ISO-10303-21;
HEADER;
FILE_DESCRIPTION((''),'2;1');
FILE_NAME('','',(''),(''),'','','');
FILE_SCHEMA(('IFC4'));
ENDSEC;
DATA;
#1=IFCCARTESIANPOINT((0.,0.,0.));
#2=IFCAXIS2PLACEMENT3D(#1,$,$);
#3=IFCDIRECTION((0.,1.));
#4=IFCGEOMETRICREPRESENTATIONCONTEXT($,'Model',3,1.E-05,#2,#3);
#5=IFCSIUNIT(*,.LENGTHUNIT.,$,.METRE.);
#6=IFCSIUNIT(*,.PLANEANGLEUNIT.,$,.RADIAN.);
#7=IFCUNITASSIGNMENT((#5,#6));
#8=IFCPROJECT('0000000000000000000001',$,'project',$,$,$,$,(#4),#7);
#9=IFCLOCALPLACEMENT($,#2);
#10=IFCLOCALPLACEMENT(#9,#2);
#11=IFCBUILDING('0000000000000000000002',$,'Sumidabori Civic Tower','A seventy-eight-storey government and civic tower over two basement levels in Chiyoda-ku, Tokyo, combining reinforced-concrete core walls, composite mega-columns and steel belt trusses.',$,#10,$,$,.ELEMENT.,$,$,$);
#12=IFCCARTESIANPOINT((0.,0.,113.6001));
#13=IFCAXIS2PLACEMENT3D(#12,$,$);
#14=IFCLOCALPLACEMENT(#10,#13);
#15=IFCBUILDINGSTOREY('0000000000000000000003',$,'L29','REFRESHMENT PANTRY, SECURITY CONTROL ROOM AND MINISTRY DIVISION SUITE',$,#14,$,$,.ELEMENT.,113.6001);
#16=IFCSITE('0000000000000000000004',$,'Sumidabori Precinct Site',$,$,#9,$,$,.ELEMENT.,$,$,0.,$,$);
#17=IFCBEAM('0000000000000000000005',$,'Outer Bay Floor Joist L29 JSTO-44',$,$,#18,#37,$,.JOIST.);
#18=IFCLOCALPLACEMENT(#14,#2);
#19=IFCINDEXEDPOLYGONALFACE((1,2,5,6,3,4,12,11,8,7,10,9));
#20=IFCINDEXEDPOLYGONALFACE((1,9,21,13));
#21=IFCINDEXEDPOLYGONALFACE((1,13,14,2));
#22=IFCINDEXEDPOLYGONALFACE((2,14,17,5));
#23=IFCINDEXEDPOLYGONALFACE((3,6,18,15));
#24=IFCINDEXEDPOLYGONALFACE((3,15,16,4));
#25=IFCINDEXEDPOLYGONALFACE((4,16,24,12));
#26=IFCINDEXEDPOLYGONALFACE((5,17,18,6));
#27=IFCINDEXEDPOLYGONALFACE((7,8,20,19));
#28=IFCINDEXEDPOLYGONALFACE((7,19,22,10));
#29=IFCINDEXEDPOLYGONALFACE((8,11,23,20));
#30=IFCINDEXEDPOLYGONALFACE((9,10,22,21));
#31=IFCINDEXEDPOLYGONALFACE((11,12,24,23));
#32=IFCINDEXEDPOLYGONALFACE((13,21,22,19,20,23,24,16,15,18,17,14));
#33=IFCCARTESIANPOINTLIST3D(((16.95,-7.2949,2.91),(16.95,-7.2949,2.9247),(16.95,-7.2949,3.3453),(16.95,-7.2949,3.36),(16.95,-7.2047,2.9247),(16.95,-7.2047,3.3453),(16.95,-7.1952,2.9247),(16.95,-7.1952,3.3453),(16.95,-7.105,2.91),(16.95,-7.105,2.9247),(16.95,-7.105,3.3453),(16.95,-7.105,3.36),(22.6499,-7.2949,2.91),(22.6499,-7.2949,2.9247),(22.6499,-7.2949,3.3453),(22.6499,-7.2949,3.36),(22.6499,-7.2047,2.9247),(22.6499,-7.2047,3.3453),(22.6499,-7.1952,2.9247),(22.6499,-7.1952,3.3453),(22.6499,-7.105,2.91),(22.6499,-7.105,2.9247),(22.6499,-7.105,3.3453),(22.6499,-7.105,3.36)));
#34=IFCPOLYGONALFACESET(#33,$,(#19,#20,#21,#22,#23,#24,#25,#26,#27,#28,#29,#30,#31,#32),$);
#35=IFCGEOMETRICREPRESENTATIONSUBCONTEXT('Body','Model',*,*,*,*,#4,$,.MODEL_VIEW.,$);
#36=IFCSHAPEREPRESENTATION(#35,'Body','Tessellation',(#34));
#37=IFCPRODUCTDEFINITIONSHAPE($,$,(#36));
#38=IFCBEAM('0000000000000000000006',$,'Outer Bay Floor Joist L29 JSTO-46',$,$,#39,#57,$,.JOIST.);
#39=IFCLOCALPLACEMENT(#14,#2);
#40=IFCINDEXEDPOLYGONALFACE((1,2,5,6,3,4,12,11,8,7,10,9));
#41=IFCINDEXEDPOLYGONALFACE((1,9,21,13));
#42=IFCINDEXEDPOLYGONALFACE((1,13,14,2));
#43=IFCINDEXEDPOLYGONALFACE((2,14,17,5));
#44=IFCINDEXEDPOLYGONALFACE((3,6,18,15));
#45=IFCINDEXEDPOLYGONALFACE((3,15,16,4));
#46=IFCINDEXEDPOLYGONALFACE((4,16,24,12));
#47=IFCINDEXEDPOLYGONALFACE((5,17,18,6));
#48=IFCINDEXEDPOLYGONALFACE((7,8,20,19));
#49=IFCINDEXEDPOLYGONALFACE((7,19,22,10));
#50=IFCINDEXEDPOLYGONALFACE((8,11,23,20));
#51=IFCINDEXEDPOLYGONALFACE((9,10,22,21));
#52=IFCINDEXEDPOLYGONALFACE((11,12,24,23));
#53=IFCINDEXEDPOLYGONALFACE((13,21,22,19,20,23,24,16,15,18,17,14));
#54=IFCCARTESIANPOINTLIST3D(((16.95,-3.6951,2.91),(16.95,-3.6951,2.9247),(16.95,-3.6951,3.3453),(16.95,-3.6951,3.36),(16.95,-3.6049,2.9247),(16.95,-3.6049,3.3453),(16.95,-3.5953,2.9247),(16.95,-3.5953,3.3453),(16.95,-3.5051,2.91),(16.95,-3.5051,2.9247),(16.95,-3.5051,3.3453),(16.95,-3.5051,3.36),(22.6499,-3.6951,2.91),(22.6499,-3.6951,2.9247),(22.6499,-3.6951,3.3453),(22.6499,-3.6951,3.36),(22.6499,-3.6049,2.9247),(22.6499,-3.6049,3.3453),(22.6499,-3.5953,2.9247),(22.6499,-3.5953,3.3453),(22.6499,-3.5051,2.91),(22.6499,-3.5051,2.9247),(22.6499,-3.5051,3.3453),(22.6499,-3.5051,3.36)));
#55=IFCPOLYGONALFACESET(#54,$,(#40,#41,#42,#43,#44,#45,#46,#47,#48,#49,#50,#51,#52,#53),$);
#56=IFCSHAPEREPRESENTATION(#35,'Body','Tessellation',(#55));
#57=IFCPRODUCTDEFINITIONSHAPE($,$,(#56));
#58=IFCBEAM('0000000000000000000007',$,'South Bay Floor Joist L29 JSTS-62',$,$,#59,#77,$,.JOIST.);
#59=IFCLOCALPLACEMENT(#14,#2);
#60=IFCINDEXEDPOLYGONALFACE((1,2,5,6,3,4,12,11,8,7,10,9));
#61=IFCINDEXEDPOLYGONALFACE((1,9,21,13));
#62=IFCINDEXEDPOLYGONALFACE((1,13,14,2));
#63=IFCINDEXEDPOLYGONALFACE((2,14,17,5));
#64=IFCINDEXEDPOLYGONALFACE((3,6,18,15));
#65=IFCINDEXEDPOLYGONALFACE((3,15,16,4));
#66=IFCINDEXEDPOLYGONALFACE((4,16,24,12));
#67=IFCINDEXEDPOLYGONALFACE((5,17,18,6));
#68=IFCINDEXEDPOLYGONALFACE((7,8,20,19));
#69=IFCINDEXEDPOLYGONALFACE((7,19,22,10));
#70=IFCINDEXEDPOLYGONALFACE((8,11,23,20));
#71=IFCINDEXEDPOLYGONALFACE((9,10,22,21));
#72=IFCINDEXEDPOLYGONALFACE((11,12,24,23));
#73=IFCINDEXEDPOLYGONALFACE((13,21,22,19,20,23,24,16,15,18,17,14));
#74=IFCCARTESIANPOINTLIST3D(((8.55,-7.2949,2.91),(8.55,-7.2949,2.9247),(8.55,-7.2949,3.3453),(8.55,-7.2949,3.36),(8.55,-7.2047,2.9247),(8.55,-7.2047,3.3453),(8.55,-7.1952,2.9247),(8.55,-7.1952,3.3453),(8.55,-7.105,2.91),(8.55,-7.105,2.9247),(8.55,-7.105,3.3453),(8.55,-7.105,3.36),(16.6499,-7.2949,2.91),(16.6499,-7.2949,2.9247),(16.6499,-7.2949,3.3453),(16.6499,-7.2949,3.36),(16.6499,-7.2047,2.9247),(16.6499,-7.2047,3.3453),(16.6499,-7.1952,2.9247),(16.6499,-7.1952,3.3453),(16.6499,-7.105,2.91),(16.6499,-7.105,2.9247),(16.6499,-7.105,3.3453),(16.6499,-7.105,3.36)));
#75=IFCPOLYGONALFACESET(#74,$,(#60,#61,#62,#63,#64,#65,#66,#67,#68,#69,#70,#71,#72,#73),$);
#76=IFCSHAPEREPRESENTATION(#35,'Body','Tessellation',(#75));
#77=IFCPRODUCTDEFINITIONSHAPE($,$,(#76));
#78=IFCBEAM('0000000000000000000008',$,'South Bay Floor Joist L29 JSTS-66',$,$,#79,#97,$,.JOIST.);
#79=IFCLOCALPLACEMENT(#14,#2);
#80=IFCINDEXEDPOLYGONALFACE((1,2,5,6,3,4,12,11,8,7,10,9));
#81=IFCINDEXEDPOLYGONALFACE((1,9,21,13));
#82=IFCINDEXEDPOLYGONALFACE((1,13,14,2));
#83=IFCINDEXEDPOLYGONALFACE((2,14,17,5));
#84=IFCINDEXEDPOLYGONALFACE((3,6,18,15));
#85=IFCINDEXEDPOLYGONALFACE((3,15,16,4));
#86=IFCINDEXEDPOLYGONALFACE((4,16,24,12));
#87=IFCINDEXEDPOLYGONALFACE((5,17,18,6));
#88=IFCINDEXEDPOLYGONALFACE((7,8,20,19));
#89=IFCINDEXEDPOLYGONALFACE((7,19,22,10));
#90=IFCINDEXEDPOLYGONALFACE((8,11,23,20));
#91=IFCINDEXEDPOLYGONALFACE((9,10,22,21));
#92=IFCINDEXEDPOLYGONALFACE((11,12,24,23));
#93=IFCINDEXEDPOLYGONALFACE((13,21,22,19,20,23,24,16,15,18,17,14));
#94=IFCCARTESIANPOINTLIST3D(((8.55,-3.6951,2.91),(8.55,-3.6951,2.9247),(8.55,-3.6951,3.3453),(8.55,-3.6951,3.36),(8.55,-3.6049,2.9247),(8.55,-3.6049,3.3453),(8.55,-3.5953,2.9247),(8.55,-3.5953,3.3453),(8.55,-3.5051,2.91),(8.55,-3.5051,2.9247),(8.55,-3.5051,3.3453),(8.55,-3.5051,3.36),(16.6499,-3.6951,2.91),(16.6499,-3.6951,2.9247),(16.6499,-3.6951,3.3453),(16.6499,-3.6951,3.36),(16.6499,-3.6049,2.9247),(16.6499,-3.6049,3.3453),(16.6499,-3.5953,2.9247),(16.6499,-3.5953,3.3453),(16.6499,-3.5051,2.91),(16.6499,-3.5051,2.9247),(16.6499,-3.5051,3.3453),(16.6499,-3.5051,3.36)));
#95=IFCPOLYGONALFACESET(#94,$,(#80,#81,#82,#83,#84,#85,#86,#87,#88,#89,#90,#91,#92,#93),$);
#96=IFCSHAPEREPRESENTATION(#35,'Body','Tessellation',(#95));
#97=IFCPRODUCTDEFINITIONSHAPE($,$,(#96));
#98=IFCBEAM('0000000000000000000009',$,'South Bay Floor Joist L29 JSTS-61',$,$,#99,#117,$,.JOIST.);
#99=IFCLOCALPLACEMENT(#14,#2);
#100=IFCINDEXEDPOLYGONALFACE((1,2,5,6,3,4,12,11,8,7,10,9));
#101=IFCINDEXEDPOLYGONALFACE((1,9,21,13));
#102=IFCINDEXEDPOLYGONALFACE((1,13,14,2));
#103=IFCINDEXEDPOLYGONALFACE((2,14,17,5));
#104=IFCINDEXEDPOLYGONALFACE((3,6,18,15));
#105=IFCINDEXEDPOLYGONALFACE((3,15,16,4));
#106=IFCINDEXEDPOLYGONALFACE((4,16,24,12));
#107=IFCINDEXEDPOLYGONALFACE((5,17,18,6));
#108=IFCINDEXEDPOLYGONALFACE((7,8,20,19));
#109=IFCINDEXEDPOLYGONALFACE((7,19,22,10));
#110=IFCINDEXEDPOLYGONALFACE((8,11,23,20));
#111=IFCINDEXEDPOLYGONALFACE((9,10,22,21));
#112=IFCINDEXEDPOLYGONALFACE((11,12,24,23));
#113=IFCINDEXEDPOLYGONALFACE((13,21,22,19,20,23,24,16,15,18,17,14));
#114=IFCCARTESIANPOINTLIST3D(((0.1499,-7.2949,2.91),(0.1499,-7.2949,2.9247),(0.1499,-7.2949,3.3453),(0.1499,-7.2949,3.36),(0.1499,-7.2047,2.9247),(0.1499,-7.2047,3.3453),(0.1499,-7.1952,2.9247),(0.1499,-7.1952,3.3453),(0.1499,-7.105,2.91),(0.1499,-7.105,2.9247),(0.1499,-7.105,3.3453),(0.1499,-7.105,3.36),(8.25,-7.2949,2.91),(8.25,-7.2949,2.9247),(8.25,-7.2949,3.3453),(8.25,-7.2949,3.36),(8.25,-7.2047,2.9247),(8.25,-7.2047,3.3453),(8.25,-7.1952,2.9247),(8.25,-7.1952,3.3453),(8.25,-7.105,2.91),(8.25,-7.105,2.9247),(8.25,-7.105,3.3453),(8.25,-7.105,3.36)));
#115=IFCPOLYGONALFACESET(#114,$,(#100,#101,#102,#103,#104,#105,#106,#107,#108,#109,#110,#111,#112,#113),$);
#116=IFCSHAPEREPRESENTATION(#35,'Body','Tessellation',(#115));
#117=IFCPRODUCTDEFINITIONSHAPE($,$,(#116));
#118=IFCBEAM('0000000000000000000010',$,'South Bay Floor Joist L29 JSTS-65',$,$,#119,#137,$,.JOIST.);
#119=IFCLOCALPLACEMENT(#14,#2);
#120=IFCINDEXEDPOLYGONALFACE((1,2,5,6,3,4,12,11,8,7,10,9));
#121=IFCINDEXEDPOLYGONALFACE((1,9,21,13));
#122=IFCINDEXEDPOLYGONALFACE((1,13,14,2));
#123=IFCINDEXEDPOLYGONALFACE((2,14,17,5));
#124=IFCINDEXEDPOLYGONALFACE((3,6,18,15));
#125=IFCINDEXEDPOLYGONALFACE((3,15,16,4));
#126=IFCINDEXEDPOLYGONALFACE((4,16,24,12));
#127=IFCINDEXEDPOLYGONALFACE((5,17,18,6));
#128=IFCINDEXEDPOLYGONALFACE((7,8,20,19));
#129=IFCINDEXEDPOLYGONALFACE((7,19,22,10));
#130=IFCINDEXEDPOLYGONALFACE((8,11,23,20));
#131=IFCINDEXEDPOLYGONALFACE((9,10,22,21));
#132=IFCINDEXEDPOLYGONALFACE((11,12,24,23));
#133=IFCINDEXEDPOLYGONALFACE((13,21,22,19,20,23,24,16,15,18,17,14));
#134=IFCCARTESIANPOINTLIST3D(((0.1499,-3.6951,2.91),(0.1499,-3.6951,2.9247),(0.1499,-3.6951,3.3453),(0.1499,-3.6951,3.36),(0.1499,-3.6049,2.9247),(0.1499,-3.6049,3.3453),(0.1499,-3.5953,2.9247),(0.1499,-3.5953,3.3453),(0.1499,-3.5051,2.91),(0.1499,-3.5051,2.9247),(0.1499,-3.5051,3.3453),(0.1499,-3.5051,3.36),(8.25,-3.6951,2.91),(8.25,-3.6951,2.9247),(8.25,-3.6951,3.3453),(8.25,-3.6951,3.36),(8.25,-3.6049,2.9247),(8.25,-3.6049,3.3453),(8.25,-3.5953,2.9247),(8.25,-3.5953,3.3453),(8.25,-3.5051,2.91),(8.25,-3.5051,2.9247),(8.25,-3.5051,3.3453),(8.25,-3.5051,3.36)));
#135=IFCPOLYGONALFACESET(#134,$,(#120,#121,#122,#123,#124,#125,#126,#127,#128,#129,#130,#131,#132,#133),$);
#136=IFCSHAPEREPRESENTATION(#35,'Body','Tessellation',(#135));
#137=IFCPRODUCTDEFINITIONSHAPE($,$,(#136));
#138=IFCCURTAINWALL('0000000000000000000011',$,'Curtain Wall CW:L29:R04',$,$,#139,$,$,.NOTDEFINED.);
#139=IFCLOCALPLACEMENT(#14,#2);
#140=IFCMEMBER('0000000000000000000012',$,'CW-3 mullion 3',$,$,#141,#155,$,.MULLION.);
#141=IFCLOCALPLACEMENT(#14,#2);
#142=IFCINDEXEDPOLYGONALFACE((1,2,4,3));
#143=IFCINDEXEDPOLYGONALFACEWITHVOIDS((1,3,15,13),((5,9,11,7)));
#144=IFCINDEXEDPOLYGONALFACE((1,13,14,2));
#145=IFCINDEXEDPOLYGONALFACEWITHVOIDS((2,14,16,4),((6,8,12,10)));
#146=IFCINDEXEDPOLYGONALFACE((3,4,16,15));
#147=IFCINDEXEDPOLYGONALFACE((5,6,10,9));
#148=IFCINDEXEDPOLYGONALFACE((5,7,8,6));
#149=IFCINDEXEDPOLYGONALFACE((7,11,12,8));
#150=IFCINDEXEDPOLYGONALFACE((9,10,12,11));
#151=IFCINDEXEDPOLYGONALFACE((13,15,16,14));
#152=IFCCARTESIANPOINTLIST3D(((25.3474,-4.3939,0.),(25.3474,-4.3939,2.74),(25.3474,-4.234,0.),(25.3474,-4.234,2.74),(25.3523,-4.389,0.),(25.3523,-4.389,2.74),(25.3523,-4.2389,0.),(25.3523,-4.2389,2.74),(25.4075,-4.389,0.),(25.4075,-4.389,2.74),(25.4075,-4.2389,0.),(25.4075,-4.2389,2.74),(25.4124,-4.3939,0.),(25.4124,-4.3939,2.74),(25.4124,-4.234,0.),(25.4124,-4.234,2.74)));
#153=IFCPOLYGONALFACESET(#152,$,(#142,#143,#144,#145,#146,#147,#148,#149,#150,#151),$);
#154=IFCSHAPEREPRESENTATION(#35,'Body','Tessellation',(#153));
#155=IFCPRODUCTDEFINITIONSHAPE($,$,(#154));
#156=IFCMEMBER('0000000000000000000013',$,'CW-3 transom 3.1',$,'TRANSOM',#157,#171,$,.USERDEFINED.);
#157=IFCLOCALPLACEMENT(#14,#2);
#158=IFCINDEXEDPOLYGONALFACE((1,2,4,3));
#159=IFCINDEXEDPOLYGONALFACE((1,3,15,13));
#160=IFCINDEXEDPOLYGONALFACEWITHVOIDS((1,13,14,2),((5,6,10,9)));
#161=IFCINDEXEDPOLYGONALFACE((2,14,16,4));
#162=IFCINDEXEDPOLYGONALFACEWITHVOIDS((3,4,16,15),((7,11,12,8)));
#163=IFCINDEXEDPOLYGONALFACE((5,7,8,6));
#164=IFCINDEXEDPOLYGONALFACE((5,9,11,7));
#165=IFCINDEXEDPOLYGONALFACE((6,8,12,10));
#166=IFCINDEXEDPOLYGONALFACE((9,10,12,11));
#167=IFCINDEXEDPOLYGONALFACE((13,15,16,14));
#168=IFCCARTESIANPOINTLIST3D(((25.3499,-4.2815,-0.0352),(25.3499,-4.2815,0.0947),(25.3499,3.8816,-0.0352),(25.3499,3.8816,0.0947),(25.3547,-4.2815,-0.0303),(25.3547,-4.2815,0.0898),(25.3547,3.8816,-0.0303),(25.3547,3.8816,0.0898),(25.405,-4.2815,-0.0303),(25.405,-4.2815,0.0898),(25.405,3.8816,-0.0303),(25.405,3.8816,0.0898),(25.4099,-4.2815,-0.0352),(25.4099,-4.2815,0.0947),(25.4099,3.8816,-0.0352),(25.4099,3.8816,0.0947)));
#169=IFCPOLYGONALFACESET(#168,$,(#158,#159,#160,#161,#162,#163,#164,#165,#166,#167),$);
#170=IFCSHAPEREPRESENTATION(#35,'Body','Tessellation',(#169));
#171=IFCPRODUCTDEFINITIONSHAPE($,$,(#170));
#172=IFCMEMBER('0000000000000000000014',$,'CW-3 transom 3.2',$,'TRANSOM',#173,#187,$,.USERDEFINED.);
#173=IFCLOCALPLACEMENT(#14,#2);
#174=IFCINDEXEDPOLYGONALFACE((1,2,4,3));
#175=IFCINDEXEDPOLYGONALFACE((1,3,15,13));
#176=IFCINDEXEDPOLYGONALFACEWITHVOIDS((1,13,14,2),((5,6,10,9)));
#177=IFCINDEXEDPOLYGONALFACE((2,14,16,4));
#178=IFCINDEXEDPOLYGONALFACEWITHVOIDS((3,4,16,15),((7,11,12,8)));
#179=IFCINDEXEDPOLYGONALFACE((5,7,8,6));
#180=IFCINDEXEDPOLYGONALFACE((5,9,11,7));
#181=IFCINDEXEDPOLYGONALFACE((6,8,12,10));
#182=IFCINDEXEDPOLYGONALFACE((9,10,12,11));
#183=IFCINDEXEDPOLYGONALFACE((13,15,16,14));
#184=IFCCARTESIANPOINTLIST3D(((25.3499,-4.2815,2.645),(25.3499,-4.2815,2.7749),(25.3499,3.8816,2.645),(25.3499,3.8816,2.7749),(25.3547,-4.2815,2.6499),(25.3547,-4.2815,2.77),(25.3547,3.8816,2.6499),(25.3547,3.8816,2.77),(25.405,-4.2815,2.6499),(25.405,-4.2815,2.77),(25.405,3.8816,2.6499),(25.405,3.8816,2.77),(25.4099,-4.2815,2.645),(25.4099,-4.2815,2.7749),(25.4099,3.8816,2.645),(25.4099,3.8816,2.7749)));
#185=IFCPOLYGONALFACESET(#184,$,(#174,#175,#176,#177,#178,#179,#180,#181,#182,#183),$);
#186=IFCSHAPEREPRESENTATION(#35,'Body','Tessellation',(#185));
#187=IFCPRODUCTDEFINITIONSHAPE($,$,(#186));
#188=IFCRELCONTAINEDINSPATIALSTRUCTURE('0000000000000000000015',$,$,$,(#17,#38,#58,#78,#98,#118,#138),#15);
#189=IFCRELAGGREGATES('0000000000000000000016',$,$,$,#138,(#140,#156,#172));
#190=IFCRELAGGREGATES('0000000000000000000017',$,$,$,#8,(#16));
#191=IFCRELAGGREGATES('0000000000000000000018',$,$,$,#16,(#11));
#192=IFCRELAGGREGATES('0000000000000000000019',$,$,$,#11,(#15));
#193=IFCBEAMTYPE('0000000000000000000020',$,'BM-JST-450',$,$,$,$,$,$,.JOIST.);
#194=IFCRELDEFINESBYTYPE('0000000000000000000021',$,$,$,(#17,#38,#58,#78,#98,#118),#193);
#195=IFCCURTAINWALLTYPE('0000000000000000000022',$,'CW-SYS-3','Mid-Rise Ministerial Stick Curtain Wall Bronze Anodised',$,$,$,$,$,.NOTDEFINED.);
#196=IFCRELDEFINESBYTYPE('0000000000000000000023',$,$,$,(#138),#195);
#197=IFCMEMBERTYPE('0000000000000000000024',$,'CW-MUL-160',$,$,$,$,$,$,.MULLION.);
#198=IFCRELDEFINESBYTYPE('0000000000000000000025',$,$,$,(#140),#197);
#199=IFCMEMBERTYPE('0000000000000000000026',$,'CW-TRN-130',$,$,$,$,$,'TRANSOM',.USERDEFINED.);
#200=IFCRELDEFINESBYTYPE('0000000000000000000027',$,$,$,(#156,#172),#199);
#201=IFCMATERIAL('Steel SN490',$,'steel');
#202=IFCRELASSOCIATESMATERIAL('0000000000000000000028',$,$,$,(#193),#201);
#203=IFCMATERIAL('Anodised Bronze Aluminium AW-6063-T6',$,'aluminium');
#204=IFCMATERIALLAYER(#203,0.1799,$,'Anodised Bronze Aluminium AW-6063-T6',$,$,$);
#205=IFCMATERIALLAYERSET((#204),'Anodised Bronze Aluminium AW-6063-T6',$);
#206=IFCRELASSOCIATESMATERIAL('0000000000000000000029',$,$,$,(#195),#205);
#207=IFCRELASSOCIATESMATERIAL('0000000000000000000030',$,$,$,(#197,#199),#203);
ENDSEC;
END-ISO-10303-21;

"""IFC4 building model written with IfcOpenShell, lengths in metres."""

from ifc_helpers import new_model, si_unit, direction, frame, origin, origin_2d, place, context, subcontext, project, spatial, hollow_rectangle, i_section, extrude, source, transform, mapped, material, layer, layer_set, material_profile, profile_set, type_object, element, aggregate, save


model = new_model("IFC4")

# Units and contexts
model_context = context("Model", 3, precision=1e-05, world=origin(), true_north=direction((0.0, 1.0)))
body_context = subcontext(model_context, "Body", "Model", "MODEL_VIEW")
ifc_project = project(units=[si_unit("LENGTHUNIT", "METRE"), si_unit("PLANEANGLEUNIT", "RADIAN")], contexts=[model_context])

# Site, building, storey
site_placement = place(None, origin())
site = spatial("IfcSite", under=ifc_project, at=site_placement, Name="Sumidabori Precinct Site", CompositionType="ELEMENT", RefElevation=0.0)
building_placement = place(site_placement, origin())
building = spatial("IfcBuilding", under=site, at=building_placement, Name="Sumidabori Civic Tower", Description="A seventy-eight-storey government and civic tower over two basement levels in Chiyoda-ku, Tokyo, combining reinforced-concrete core walls, composite mega-columns and steel belt trusses.", CompositionType="ELEMENT")
storey_placement = place(building_placement, frame((0.0, 0.0, 113.6001)))
storey = spatial("IfcBuildingStorey", under=building, at=storey_placement, Name="L29", Description="REFRESHMENT PANTRY, SECURITY CONTROL ROOM AND MINISTRY DIVISION SUITE", CompositionType="ELEMENT", Elevation=113.6001)

# Beams
ifc_material_1 = material(Name="Steel SN490", Category="steel")
ifc_material_profile_1 = material_profile(ifc_material_1, i_section(OverallWidth=0.1899, OverallDepth=0.45, WebThickness=0.0095, FlangeThickness=0.0146, at=origin_2d()), Name="IPE 450")
ifc_profile_set_1 = profile_set([ifc_material_profile_1], Name="Steel SN490")
beam_type_1 = type_object("IfcBeamType", Name="BM-JST-450", PredefinedType="JOIST", material=ifc_profile_set_1)
shared_shape_1 = source(origin(), body_context, "Body", "SweptSolid", [
    extrude(i_section(OverallWidth=0.1899, OverallDepth=0.45, WebThickness=0.0095, FlangeThickness=0.0146, at=origin_2d()), origin(), (0.0, 0.0, 1.0), 5.7),
])
for number, where, z_axis, x_axis, name in (
    (1, (16.95, -7.2, 3.135), (1.0, 0.0, 0.0), (0.0, 1.0, 0.0), "Outer Bay Floor Joist L29 JSTO-44"),
    (2, (16.95, -3.6001, 3.135), (1.0, 0.0, 0.0), (0.0, 1.0, 0.0), "Outer Bay Floor Joist L29 JSTO-46"),
):
    element("IfcBeam", number, at=place(storey_placement, frame(where, z_axis=z_axis, x_axis=x_axis)), inside=storey, type_object=beam_type_1, Name=name, PredefinedType="JOIST", context=body_context, shape_type="MappedRepresentation", body=[
        mapped(shared_shape_1, transform((0.0, 0.0, 0.0), x_axis=(1.0, 0.0, 0.0), y_axis=(0.0, 1.0, 0.0), z_axis=(0.0, 0.0, 1.0), scale=1.0)),
    ])
shared_shape_2 = source(origin(), body_context, "Body", "SweptSolid", [
    extrude(i_section(OverallWidth=0.1899, OverallDepth=0.45, WebThickness=0.0095, FlangeThickness=0.0146, at=origin_2d()), origin(), (0.0, 0.0, 1.0), 8.0999),
])
for number, where, z_axis, x_axis, name in (
    (3, (8.55, -7.2, 3.135), (1.0, 0.0, 0.0), (0.0, 1.0, 0.0), "South Bay Floor Joist L29 JSTS-62"),
    (4, (8.55, -3.6001, 3.135), (1.0, 0.0, 0.0), (0.0, 1.0, 0.0), "South Bay Floor Joist L29 JSTS-66"),
):
    element("IfcBeam", number, at=place(storey_placement, frame(where, z_axis=z_axis, x_axis=x_axis)), inside=storey, type_object=beam_type_1, Name=name, PredefinedType="JOIST", context=body_context, shape_type="MappedRepresentation", body=[
        mapped(shared_shape_2, transform((0.0, 0.0, 0.0), x_axis=(1.0, 0.0, 0.0), y_axis=(0.0, 1.0, 0.0), z_axis=(0.0, 0.0, 1.0), scale=1.0)),
    ])
shared_shape_3 = source(origin(), body_context, "Body", "SweptSolid", [
    extrude(i_section(OverallWidth=0.1899, OverallDepth=0.45, WebThickness=0.0095, FlangeThickness=0.0146, at=origin_2d()), origin(), (0.0, 0.0, 1.0), 8.1001),
])
for number, where, z_axis, x_axis, name in (
    (5, (0.1499, -7.2, 3.135), (1.0, 0.0, 0.0), (0.0, 1.0, 0.0), "South Bay Floor Joist L29 JSTS-61"),
    (6, (0.1499, -3.6001, 3.135), (1.0, 0.0, 0.0), (0.0, 1.0, 0.0), "South Bay Floor Joist L29 JSTS-65"),
):
    element("IfcBeam", number, at=place(storey_placement, frame(where, z_axis=z_axis, x_axis=x_axis)), inside=storey, type_object=beam_type_1, Name=name, PredefinedType="JOIST", context=body_context, shape_type="MappedRepresentation", body=[
        mapped(shared_shape_3, transform((0.0, 0.0, 0.0), x_axis=(1.0, 0.0, 0.0), y_axis=(0.0, 1.0, 0.0), z_axis=(0.0, 0.0, 1.0), scale=1.0)),
    ])

# Curtain wall, members
ifc_material_2 = material(Name="Anodised Bronze Aluminium AW-6063-T6", Category="aluminium")
ifc_layer_1 = layer(ifc_material_2, 0.1799, Name="Anodised Bronze Aluminium AW-6063-T6")
ifc_layer_set_1 = layer_set([ifc_layer_1], Name="Anodised Bronze Aluminium AW-6063-T6")
curtain_wall_type = type_object("IfcCurtainWallType", Name="CW-SYS-3", Description="Mid-Rise Ministerial Stick Curtain Wall Bronze Anodised", PredefinedType="NOTDEFINED", material=ifc_layer_set_1)
curtain_wall_placement = place(storey_placement, origin())
curtain_wall = element("IfcCurtainWall", 7, at=curtain_wall_placement, inside=storey, type_object=curtain_wall_type, Name="Curtain Wall CW:L29:R04", PredefinedType="NOTDEFINED")
ifc_material_profile_2 = material_profile(ifc_material_2, hollow_rectangle(XDim=0.0649, YDim=0.1599, WallThickness=0.0049, at=origin_2d()), Name="ALU MULLION 160x65")
ifc_profile_set_2 = profile_set([ifc_material_profile_2], Name="Anodised Bronze Aluminium AW-6063-T6")
member_type_1 = type_object("IfcMemberType", Name="CW-MUL-160", PredefinedType="MULLION", material=ifc_profile_set_2)
shared_shape_4 = source(origin(), body_context, "Body", "SweptSolid", [
    extrude(hollow_rectangle(XDim=0.0649, YDim=0.1599, WallThickness=0.0049, at=origin_2d()), origin(), (0.0, 0.0, 1.0), 2.74),
])
member_1_placement = place(storey_placement, frame((25.3799, -4.314, 0.0), z_axis=(0.0, 0.0, 1.0), x_axis=(-1.0, 0.0, 0.0)))
member_1 = element("IfcMember", 8, at=member_1_placement, type_object=member_type_1, Name="CW-3 mullion 3", PredefinedType="MULLION", context=body_context, shape_type="MappedRepresentation", body=[
    mapped(shared_shape_4, transform((0.0, 0.0, 0.0), x_axis=(1.0, 0.0, 0.0), y_axis=(0.0, 1.0, 0.0), z_axis=(0.0, 0.0, 1.0), scale=1.0)),
])
ifc_material_profile_3 = material_profile(ifc_material_2, hollow_rectangle(XDim=0.0601, YDim=0.1299, WallThickness=0.0049, at=origin_2d()), Name="ALU TRANSOM 130x60")
ifc_profile_set_3 = profile_set([ifc_material_profile_3], Name="Anodised Bronze Aluminium AW-6063-T6")
member_type_2 = type_object("IfcMemberType", Name="CW-TRN-130", ElementType="TRANSOM", PredefinedType="USERDEFINED", material=ifc_profile_set_3)
shared_shape_5 = source(origin(), body_context, "Body", "SweptSolid", [
    extrude(hollow_rectangle(XDim=0.0601, YDim=0.1299, WallThickness=0.0049, at=origin_2d()), origin(), (0.0, 0.0, 1.0), 8.1631),
])
member_2_placement = place(storey_placement, frame((25.3799, -4.2815, 0.0298), z_axis=(0.0, 1.0, 0.0), x_axis=(-1.0, 0.0, 0.0)))
member_2 = element("IfcMember", 9, at=member_2_placement, type_object=member_type_2, Name="CW-3 transom 3.1", ObjectType="TRANSOM", PredefinedType="USERDEFINED", context=body_context, shape_type="MappedRepresentation", body=[
    mapped(shared_shape_5, transform((0.0, 0.0, 0.0), x_axis=(1.0, 0.0, 0.0), y_axis=(0.0, 1.0, 0.0), z_axis=(0.0, 0.0, 1.0), scale=1.0)),
])
member_3_placement = place(storey_placement, frame((25.3799, -4.2815, 2.71), z_axis=(0.0, 1.0, 0.0), x_axis=(-1.0, 0.0, 0.0)))
member_3 = element("IfcMember", 10, at=member_3_placement, type_object=member_type_2, Name="CW-3 transom 3.2", ObjectType="TRANSOM", PredefinedType="USERDEFINED", context=body_context, shape_type="MappedRepresentation", body=[
    mapped(shared_shape_5, transform((0.0, 0.0, 0.0), x_axis=(1.0, 0.0, 0.0), y_axis=(0.0, 1.0, 0.0), z_axis=(0.0, 0.0, 1.0), scale=1.0)),
])
aggregate(curtain_wall, [member_1, member_2, member_3])

save(model, "model.ifc")
